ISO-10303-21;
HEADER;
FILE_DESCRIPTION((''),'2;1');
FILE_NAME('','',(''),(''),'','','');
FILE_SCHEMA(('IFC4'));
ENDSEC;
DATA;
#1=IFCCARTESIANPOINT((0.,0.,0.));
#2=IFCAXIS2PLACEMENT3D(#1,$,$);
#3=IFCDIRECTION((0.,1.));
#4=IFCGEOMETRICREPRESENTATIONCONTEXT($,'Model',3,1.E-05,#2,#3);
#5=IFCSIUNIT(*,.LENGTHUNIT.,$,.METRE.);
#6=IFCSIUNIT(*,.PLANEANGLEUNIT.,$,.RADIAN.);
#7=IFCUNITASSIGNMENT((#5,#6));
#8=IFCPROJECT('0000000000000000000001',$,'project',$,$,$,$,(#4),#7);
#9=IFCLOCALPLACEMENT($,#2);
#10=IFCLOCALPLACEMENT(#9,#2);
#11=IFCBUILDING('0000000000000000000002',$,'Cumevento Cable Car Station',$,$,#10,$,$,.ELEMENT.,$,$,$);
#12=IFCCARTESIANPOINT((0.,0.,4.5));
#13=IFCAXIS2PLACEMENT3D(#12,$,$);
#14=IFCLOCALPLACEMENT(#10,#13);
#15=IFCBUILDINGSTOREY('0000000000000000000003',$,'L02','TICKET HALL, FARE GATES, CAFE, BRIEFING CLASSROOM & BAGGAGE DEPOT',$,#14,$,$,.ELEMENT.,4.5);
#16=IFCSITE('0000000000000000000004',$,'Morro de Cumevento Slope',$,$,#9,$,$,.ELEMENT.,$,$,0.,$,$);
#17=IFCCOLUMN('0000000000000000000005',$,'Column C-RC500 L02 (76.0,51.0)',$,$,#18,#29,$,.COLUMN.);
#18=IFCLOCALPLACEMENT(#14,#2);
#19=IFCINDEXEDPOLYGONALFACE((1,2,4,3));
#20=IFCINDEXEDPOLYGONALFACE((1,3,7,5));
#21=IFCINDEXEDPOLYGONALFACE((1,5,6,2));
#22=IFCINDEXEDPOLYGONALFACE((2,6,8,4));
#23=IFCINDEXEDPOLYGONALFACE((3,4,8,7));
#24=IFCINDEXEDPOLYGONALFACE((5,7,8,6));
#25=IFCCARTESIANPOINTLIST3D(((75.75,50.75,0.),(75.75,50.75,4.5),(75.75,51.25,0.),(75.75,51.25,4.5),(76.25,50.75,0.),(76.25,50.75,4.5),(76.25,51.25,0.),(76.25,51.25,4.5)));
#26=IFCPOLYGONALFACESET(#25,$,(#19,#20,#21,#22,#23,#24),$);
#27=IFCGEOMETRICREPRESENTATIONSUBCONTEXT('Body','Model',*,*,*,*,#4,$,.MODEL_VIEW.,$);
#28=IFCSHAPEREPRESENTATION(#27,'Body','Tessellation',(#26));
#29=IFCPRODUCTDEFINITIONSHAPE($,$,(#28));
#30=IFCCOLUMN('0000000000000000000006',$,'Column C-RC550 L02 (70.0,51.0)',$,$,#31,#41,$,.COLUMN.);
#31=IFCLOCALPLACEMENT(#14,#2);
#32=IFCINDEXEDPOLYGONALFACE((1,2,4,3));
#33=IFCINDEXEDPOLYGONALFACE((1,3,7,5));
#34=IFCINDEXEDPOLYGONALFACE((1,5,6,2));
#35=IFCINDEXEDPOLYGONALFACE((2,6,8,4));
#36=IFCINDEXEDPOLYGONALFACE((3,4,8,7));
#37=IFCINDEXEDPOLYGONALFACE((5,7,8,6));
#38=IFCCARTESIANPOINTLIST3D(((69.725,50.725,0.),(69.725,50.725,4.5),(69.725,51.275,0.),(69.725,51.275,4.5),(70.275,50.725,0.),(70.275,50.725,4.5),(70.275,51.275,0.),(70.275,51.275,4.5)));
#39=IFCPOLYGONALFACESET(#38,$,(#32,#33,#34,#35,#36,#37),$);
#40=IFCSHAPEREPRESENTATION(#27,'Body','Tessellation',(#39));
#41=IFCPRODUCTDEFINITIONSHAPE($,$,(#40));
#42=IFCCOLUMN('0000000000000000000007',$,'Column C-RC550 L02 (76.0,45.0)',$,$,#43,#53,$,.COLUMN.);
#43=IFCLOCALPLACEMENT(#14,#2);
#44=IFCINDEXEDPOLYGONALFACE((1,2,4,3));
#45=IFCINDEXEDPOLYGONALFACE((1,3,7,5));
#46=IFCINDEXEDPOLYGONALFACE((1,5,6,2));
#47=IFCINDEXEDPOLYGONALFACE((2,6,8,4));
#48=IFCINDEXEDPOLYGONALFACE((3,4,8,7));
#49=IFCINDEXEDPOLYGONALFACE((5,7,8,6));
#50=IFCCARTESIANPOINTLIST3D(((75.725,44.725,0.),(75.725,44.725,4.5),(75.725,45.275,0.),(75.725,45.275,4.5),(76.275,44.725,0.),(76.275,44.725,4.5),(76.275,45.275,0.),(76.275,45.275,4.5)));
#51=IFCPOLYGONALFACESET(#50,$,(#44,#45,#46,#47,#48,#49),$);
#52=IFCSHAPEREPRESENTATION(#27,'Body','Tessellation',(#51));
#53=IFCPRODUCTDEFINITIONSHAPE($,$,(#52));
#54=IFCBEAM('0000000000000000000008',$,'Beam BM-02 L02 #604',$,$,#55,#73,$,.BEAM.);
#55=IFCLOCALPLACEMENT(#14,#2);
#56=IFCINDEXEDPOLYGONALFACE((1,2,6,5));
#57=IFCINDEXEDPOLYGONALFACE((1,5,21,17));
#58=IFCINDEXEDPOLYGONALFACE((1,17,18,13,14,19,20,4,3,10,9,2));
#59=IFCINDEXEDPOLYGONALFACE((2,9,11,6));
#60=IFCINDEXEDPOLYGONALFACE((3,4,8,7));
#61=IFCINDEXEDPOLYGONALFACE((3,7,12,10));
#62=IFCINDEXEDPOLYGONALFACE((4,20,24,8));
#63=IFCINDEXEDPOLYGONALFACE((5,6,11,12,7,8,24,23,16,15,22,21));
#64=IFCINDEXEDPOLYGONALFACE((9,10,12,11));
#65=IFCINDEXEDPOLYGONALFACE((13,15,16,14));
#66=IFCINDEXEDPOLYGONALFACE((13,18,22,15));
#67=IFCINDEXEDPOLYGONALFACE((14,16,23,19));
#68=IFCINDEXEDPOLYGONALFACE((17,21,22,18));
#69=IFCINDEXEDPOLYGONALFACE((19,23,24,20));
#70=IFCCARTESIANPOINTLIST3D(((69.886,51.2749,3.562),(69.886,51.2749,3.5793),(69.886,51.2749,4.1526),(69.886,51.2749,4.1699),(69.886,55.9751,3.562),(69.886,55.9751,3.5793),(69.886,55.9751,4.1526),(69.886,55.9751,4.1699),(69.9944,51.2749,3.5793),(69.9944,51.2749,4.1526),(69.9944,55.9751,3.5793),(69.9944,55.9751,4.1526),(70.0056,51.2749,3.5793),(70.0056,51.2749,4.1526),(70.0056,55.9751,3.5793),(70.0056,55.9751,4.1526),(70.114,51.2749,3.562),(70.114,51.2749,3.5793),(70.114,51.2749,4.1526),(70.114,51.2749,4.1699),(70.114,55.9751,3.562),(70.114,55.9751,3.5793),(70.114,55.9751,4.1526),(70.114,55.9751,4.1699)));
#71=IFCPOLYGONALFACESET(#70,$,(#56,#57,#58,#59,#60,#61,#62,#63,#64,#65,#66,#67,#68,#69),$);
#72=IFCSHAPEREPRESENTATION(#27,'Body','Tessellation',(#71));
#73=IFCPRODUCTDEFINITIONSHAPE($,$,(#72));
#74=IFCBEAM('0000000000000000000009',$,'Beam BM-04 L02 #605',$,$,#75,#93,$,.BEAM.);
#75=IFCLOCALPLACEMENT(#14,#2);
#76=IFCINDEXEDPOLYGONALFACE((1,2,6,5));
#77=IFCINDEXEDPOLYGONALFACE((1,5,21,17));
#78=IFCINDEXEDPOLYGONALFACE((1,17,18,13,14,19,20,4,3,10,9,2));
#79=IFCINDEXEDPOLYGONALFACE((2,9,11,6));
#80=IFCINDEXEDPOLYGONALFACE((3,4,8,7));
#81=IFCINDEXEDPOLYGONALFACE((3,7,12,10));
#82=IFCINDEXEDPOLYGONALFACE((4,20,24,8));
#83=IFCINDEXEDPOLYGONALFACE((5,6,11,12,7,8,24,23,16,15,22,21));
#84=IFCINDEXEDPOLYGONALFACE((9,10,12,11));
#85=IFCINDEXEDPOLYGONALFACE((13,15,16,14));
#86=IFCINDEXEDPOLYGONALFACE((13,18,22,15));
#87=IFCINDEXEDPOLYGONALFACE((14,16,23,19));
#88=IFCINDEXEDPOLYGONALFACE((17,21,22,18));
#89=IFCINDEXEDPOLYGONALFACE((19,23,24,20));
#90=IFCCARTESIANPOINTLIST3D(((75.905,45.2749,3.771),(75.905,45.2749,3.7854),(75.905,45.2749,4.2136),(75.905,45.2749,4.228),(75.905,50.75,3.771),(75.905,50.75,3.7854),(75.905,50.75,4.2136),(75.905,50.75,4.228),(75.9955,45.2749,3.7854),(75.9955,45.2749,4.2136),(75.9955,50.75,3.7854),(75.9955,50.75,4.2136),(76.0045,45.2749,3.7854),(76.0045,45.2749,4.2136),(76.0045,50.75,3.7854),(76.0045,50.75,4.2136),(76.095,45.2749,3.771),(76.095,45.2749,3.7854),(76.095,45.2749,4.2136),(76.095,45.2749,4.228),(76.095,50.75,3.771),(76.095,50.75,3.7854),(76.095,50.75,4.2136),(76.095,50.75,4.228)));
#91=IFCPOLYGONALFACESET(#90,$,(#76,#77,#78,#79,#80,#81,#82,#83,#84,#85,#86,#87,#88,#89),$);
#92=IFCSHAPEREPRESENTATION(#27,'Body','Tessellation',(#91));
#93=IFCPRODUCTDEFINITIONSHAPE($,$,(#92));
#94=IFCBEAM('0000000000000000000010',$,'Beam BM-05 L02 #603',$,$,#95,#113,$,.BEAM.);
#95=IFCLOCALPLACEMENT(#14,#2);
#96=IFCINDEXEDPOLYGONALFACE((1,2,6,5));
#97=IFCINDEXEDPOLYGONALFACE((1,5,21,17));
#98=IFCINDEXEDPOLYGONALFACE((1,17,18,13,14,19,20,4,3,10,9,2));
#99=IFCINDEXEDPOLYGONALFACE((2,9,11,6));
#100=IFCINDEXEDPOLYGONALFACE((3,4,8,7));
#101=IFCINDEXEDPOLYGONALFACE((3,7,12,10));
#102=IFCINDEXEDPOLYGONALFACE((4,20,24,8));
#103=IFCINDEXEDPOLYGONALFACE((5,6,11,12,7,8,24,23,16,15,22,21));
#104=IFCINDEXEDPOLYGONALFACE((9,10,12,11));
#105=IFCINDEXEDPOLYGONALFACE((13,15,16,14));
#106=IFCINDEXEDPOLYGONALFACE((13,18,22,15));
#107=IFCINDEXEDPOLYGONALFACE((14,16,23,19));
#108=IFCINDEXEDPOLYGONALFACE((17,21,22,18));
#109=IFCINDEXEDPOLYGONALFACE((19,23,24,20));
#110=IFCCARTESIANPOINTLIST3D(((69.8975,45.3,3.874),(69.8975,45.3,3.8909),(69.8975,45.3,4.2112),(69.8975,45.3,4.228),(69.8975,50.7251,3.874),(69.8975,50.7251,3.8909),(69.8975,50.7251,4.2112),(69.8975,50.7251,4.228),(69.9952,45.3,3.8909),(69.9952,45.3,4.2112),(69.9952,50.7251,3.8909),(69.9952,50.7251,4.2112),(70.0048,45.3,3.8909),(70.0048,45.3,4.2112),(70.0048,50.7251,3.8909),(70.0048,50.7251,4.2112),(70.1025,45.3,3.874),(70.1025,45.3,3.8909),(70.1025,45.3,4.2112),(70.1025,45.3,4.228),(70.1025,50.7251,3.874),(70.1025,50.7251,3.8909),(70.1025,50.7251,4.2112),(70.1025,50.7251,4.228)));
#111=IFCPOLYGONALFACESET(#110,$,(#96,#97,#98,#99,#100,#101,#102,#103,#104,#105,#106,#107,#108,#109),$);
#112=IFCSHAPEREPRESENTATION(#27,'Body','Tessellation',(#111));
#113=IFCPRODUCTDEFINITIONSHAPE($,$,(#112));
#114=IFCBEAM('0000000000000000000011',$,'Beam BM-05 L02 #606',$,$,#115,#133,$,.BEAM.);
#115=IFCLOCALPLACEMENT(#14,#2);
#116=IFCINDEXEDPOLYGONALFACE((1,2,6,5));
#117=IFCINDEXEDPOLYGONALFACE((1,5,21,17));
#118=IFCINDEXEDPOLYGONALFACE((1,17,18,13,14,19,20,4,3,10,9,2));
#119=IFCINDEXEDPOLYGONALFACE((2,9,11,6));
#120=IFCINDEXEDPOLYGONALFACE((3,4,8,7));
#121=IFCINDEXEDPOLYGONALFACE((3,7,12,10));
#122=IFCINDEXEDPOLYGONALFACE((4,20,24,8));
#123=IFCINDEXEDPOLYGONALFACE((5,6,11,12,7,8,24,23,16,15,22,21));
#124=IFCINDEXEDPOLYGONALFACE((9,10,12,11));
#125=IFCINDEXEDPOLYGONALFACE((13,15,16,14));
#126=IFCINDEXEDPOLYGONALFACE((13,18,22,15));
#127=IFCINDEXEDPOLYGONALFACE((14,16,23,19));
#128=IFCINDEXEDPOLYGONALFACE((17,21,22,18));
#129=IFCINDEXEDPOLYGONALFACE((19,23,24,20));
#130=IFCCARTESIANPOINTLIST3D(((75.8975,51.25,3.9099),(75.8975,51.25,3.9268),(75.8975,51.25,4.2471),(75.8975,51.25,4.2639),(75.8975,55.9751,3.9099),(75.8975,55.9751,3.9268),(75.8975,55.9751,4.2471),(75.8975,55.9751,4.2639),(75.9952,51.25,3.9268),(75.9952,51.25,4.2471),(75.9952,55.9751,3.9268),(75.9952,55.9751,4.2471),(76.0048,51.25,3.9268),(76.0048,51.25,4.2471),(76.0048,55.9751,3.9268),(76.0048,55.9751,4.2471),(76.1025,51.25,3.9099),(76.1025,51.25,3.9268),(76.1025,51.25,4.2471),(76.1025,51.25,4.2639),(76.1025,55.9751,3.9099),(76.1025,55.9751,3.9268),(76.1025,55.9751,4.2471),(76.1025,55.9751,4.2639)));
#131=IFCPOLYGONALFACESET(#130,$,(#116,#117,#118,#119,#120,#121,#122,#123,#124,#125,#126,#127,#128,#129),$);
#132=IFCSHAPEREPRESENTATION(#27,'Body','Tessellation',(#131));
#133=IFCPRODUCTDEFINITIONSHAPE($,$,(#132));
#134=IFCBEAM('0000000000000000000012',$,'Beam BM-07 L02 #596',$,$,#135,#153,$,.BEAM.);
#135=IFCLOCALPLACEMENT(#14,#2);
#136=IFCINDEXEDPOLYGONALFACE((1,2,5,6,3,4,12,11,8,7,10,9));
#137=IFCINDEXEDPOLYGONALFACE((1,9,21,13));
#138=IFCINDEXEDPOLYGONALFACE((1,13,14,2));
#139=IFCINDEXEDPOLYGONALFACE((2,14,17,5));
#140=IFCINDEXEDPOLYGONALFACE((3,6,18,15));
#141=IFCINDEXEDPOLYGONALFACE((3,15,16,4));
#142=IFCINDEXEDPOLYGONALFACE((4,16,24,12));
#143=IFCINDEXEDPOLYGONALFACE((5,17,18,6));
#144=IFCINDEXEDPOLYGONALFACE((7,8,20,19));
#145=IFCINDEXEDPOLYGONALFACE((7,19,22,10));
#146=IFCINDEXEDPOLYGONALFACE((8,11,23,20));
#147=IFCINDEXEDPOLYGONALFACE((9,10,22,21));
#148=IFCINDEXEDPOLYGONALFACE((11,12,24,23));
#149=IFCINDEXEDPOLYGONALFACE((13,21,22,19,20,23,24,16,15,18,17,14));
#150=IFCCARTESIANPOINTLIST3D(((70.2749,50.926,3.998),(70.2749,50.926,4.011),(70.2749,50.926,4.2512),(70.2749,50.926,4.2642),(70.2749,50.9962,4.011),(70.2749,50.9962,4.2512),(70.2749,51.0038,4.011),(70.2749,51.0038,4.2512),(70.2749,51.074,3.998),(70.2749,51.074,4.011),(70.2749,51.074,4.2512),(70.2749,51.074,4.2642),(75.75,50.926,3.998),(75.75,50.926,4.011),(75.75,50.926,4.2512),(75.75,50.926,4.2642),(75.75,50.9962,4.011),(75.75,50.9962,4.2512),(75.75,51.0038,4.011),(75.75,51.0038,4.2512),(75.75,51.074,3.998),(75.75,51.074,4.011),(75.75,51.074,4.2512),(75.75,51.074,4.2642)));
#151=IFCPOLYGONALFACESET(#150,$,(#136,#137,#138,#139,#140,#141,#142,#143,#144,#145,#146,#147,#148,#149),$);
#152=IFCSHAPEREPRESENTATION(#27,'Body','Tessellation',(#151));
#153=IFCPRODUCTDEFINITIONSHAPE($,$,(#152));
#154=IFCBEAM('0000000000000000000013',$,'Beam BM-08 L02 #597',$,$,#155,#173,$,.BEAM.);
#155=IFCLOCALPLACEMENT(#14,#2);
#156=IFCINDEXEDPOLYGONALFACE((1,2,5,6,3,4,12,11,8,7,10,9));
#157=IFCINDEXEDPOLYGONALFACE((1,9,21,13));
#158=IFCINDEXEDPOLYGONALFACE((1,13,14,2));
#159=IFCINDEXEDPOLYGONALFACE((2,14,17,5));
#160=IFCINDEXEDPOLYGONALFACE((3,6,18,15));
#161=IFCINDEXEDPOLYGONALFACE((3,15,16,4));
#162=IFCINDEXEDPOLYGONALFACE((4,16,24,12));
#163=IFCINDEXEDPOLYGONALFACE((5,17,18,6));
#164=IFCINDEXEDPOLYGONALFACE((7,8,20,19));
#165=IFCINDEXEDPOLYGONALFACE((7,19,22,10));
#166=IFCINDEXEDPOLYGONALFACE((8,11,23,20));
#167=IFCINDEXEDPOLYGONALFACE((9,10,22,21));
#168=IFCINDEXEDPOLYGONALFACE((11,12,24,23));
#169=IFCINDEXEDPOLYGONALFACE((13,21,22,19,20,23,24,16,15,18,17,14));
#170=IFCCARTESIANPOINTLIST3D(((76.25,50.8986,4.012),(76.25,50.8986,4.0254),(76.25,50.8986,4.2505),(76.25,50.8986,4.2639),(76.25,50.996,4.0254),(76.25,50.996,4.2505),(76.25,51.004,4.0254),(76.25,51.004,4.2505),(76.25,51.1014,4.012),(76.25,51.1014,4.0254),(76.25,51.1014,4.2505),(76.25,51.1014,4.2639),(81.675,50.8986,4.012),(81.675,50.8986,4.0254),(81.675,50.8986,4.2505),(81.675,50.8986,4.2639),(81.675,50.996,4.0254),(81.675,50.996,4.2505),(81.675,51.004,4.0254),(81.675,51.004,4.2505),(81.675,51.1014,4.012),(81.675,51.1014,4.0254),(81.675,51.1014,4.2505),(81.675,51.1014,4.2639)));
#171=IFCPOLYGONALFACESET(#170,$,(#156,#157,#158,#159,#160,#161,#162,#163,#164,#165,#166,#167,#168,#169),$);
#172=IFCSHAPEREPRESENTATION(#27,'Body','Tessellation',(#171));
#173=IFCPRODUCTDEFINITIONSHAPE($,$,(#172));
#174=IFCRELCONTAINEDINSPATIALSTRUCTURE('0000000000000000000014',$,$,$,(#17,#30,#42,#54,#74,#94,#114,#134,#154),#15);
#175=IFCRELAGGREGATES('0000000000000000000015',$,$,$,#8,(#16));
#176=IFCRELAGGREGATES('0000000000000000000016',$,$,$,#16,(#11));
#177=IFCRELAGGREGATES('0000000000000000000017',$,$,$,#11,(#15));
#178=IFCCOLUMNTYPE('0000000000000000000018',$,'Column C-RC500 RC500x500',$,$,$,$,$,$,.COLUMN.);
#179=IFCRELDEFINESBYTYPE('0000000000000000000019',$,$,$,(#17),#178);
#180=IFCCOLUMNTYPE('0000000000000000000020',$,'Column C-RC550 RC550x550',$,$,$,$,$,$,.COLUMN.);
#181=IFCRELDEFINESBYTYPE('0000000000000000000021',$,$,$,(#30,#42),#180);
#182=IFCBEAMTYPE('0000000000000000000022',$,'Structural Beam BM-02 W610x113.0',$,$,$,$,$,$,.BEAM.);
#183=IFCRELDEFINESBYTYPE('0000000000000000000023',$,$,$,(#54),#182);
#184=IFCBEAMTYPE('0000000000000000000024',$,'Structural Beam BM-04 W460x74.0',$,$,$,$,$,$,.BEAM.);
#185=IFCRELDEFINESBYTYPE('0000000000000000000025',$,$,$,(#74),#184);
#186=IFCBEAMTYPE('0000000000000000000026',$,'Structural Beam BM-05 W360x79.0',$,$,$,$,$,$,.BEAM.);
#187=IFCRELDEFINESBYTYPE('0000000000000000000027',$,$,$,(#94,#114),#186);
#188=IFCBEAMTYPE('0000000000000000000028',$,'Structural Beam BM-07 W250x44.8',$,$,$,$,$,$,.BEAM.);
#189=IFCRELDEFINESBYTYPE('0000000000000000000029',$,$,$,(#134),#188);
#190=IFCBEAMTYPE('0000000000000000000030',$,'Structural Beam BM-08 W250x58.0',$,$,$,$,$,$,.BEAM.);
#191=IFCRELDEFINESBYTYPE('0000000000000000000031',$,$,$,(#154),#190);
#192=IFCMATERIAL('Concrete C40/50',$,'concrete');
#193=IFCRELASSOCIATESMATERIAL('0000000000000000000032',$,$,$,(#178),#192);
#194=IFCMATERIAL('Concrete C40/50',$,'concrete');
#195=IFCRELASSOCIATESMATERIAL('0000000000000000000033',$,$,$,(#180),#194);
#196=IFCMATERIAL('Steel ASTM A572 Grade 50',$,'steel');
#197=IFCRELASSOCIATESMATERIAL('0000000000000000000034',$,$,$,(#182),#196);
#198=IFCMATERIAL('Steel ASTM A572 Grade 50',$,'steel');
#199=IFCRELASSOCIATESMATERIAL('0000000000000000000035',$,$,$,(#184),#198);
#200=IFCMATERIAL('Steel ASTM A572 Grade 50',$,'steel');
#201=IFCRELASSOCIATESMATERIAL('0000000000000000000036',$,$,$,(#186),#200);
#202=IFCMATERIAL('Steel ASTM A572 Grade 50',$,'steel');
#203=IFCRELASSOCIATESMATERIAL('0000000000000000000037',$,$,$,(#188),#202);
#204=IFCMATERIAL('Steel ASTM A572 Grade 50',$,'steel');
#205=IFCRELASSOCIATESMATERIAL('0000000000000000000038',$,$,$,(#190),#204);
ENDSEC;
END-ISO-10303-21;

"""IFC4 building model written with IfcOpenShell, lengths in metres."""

from ifc_helpers import new_model, si_unit, direction, frame, origin, origin_2d, place, context, subcontext, project, spatial, rectangle, i_section, extrude, material, material_profile, profile_set, type_object, element, save


model = new_model("IFC4")

# Units and contexts
model_context = context("Model", 3, precision=1e-05, world=origin(), true_north=direction((0.0, 1.0)))
body_context = subcontext(model_context, "Body", "Model", "MODEL_VIEW")
ifc_project = project(units=[si_unit("LENGTHUNIT", "METRE"), si_unit("PLANEANGLEUNIT", "RADIAN")], contexts=[model_context])

# Site, building, storey
site_placement = place(None, origin())
site = spatial("IfcSite", under=ifc_project, at=site_placement, Name="Morro de Cumevento Slope", CompositionType="ELEMENT", RefElevation=0.0)
building_placement = place(site_placement, origin())
building = spatial("IfcBuilding", under=site, at=building_placement, Name="Cumevento Cable Car Station", CompositionType="ELEMENT")
storey_placement = place(building_placement, frame((0.0, 0.0, 4.5)))
storey = spatial("IfcBuildingStorey", under=building, at=storey_placement, Name="L02", Description="TICKET HALL, FARE GATES, CAFE, BRIEFING CLASSROOM & BAGGAGE DEPOT", CompositionType="ELEMENT", Elevation=4.5)

# Columns
ifc_material_1 = material(Name="Concrete C40/50", Category="concrete")
ifc_material_profile_1 = material_profile(ifc_material_1, rectangle(XDim=0.5, YDim=0.5, at=origin_2d()), Name="RC500x500")
ifc_profile_set_1 = profile_set([ifc_material_profile_1], Name="Concrete C40/50")
column_type_1 = type_object("IfcColumnType", Name="Column C-RC500 RC500x500", PredefinedType="COLUMN", material=ifc_profile_set_1)
column_placement = place(storey_placement, frame((76.0, 51.0, 0.0), z_axis=(0.0, 0.0, 1.0), x_axis=(1.0, 0.0, 0.0)))
element("IfcColumn", 1, at=column_placement, inside=storey, type_object=column_type_1, Name="Column C-RC500 L02 (76.0,51.0)", PredefinedType="COLUMN", context=body_context, shape_type="SweptSolid", body=[
    extrude(rectangle(XDim=0.5, YDim=0.5, at=origin_2d()), origin(), (0.0, 0.0, 1.0), 4.5),
])
ifc_material_2 = material(Name="Concrete C40/50", Category="concrete")
ifc_material_profile_2 = material_profile(ifc_material_2, rectangle(XDim=0.55, YDim=0.55, at=origin_2d()), Name="RC550x550")
ifc_profile_set_2 = profile_set([ifc_material_profile_2], Name="Concrete C40/50")
column_type_2 = type_object("IfcColumnType", Name="Column C-RC550 RC550x550", PredefinedType="COLUMN", material=ifc_profile_set_2)
for number, where, z_axis, x_axis, name in (
    (2, (70.0, 51.0, 0.0), (0.0, 0.0, 1.0), (1.0, 0.0, 0.0), "Column C-RC550 L02 (70.0,51.0)"),
    (3, (76.0, 45.0, 0.0), (0.0, 0.0, 1.0), (1.0, 0.0, 0.0), "Column C-RC550 L02 (76.0,45.0)"),
):
    element("IfcColumn", number, at=place(storey_placement, frame(where, z_axis=z_axis, x_axis=x_axis)), inside=storey, type_object=column_type_2, Name=name, PredefinedType="COLUMN", context=body_context, shape_type="SweptSolid", body=[
        extrude(rectangle(XDim=0.55, YDim=0.55, at=origin_2d()), origin(), (0.0, 0.0, 1.0), 4.5),
    ])

# Beams
ifc_material_3 = material(Name="Steel ASTM A572 Grade 50", Category="steel")
ifc_material_profile_3 = material_profile(ifc_material_3, i_section(OverallWidth=0.228, OverallDepth=0.6079, WebThickness=0.0112, FlangeThickness=0.0173, at=origin_2d()), Name="W610x113.0")
ifc_profile_set_3 = profile_set([ifc_material_profile_3], Name="Steel ASTM A572 Grade 50")
beam_type_1 = type_object("IfcBeamType", Name="Structural Beam BM-02 W610x113.0", PredefinedType="BEAM", material=ifc_profile_set_3)
beam_1_placement = place(storey_placement, frame((70.0, 51.2749, 3.866), z_axis=(0.0, 1.0, 0.0), x_axis=(-1.0, 0.0, 0.0)))
element("IfcBeam", 4, at=beam_1_placement, inside=storey, type_object=beam_type_1, Name="Beam BM-02 L02 #604", PredefinedType="BEAM", context=body_context, shape_type="SweptSolid", body=[
    extrude(i_section(OverallWidth=0.228, OverallDepth=0.6079, WebThickness=0.0112, FlangeThickness=0.0173, at=origin_2d()), origin(), (0.0, 0.0, 1.0), 4.7002),
])
ifc_material_4 = material(Name="Steel ASTM A572 Grade 50", Category="steel")
ifc_material_profile_4 = material_profile(ifc_material_4, i_section(OverallWidth=0.1899, OverallDepth=0.457, WebThickness=0.009, FlangeThickness=0.0144, at=origin_2d()), Name="W460x74.0")
ifc_profile_set_4 = profile_set([ifc_material_profile_4], Name="Steel ASTM A572 Grade 50")
beam_type_2 = type_object("IfcBeamType", Name="Structural Beam BM-04 W460x74.0", PredefinedType="BEAM", material=ifc_profile_set_4)
beam_2_placement = place(storey_placement, frame((76.0, 45.2749, 3.9995), z_axis=(0.0, 1.0, 0.0), x_axis=(-1.0, 0.0, 0.0)))
element("IfcBeam", 5, at=beam_2_placement, inside=storey, type_object=beam_type_2, Name="Beam BM-04 L02 #605", PredefinedType="BEAM", context=body_context, shape_type="SweptSolid", body=[
    extrude(i_section(OverallWidth=0.1899, OverallDepth=0.457, WebThickness=0.009, FlangeThickness=0.0144, at=origin_2d()), origin(), (0.0, 0.0, 1.0), 5.4751),
])
ifc_material_5 = material(Name="Steel ASTM A572 Grade 50", Category="steel")
ifc_material_profile_5 = material_profile(ifc_material_5, i_section(OverallWidth=0.2051, OverallDepth=0.354, WebThickness=0.0095, FlangeThickness=0.0168, at=origin_2d()), Name="W360x79.0")
ifc_profile_set_5 = profile_set([ifc_material_profile_5], Name="Steel ASTM A572 Grade 50")
beam_type_3 = type_object("IfcBeamType", Name="Structural Beam BM-05 W360x79.0", PredefinedType="BEAM", material=ifc_profile_set_5)
beam_3_placement = place(storey_placement, frame((70.0, 45.3, 4.051), z_axis=(0.0, 1.0, 0.0), x_axis=(-1.0, 0.0, 0.0)))
element("IfcBeam", 6, at=beam_3_placement, inside=storey, type_object=beam_type_3, Name="Beam BM-05 L02 #603", PredefinedType="BEAM", context=body_context, shape_type="SweptSolid", body=[
    extrude(i_section(OverallWidth=0.2051, OverallDepth=0.354, WebThickness=0.0095, FlangeThickness=0.0168, at=origin_2d()), origin(), (0.0, 0.0, 1.0), 5.425),
])
beam_4_placement = place(storey_placement, frame((76.0, 51.25, 4.0869), z_axis=(0.0, 1.0, 0.0), x_axis=(-1.0, 0.0, 0.0)))
element("IfcBeam", 7, at=beam_4_placement, inside=storey, type_object=beam_type_3, Name="Beam BM-05 L02 #606", PredefinedType="BEAM", context=body_context, shape_type="SweptSolid", body=[
    extrude(i_section(OverallWidth=0.2051, OverallDepth=0.354, WebThickness=0.0095, FlangeThickness=0.0168, at=origin_2d()), origin(), (0.0, 0.0, 1.0), 4.7251),
])
ifc_material_6 = material(Name="Steel ASTM A572 Grade 50", Category="steel")
ifc_material_profile_6 = material_profile(ifc_material_6, i_section(OverallWidth=0.1479, OverallDepth=0.2661, WebThickness=0.0076, FlangeThickness=0.0129, at=origin_2d()), Name="W250x44.8")
ifc_profile_set_6 = profile_set([ifc_material_profile_6], Name="Steel ASTM A572 Grade 50")
beam_type_4 = type_object("IfcBeamType", Name="Structural Beam BM-07 W250x44.8", PredefinedType="BEAM", material=ifc_profile_set_6)
beam_5_placement = place(storey_placement, frame((70.2749, 51.0, 4.1311), z_axis=(1.0, 0.0, 0.0), x_axis=(0.0, 1.0, 0.0)))
element("IfcBeam", 8, at=beam_5_placement, inside=storey, type_object=beam_type_4, Name="Beam BM-07 L02 #596", PredefinedType="BEAM", context=body_context, shape_type="SweptSolid", body=[
    extrude(i_section(OverallWidth=0.1479, OverallDepth=0.2661, WebThickness=0.0076, FlangeThickness=0.0129, at=origin_2d()), origin(), (0.0, 0.0, 1.0), 5.4751),
])
ifc_material_7 = material(Name="Steel ASTM A572 Grade 50", Category="steel")
ifc_material_profile_7 = material_profile(ifc_material_7, i_section(OverallWidth=0.2029, OverallDepth=0.252, WebThickness=0.0081, FlangeThickness=0.0134, at=origin_2d()), Name="W250x58.0")
ifc_profile_set_7 = profile_set([ifc_material_profile_7], Name="Steel ASTM A572 Grade 50")
beam_type_5 = type_object("IfcBeamType", Name="Structural Beam BM-08 W250x58.0", PredefinedType="BEAM", material=ifc_profile_set_7)
beam_6_placement = place(storey_placement, frame((76.25, 51.0, 4.1379), z_axis=(1.0, 0.0, 0.0), x_axis=(0.0, 1.0, 0.0)))
element("IfcBeam", 9, at=beam_6_placement, inside=storey, type_object=beam_type_5, Name="Beam BM-08 L02 #597", PredefinedType="BEAM", context=body_context, shape_type="SweptSolid", body=[
    extrude(i_section(OverallWidth=0.2029, OverallDepth=0.252, WebThickness=0.0081, FlangeThickness=0.0134, at=origin_2d()), origin(), (0.0, 0.0, 1.0), 5.425),
])

save(model, "model.ifc")
